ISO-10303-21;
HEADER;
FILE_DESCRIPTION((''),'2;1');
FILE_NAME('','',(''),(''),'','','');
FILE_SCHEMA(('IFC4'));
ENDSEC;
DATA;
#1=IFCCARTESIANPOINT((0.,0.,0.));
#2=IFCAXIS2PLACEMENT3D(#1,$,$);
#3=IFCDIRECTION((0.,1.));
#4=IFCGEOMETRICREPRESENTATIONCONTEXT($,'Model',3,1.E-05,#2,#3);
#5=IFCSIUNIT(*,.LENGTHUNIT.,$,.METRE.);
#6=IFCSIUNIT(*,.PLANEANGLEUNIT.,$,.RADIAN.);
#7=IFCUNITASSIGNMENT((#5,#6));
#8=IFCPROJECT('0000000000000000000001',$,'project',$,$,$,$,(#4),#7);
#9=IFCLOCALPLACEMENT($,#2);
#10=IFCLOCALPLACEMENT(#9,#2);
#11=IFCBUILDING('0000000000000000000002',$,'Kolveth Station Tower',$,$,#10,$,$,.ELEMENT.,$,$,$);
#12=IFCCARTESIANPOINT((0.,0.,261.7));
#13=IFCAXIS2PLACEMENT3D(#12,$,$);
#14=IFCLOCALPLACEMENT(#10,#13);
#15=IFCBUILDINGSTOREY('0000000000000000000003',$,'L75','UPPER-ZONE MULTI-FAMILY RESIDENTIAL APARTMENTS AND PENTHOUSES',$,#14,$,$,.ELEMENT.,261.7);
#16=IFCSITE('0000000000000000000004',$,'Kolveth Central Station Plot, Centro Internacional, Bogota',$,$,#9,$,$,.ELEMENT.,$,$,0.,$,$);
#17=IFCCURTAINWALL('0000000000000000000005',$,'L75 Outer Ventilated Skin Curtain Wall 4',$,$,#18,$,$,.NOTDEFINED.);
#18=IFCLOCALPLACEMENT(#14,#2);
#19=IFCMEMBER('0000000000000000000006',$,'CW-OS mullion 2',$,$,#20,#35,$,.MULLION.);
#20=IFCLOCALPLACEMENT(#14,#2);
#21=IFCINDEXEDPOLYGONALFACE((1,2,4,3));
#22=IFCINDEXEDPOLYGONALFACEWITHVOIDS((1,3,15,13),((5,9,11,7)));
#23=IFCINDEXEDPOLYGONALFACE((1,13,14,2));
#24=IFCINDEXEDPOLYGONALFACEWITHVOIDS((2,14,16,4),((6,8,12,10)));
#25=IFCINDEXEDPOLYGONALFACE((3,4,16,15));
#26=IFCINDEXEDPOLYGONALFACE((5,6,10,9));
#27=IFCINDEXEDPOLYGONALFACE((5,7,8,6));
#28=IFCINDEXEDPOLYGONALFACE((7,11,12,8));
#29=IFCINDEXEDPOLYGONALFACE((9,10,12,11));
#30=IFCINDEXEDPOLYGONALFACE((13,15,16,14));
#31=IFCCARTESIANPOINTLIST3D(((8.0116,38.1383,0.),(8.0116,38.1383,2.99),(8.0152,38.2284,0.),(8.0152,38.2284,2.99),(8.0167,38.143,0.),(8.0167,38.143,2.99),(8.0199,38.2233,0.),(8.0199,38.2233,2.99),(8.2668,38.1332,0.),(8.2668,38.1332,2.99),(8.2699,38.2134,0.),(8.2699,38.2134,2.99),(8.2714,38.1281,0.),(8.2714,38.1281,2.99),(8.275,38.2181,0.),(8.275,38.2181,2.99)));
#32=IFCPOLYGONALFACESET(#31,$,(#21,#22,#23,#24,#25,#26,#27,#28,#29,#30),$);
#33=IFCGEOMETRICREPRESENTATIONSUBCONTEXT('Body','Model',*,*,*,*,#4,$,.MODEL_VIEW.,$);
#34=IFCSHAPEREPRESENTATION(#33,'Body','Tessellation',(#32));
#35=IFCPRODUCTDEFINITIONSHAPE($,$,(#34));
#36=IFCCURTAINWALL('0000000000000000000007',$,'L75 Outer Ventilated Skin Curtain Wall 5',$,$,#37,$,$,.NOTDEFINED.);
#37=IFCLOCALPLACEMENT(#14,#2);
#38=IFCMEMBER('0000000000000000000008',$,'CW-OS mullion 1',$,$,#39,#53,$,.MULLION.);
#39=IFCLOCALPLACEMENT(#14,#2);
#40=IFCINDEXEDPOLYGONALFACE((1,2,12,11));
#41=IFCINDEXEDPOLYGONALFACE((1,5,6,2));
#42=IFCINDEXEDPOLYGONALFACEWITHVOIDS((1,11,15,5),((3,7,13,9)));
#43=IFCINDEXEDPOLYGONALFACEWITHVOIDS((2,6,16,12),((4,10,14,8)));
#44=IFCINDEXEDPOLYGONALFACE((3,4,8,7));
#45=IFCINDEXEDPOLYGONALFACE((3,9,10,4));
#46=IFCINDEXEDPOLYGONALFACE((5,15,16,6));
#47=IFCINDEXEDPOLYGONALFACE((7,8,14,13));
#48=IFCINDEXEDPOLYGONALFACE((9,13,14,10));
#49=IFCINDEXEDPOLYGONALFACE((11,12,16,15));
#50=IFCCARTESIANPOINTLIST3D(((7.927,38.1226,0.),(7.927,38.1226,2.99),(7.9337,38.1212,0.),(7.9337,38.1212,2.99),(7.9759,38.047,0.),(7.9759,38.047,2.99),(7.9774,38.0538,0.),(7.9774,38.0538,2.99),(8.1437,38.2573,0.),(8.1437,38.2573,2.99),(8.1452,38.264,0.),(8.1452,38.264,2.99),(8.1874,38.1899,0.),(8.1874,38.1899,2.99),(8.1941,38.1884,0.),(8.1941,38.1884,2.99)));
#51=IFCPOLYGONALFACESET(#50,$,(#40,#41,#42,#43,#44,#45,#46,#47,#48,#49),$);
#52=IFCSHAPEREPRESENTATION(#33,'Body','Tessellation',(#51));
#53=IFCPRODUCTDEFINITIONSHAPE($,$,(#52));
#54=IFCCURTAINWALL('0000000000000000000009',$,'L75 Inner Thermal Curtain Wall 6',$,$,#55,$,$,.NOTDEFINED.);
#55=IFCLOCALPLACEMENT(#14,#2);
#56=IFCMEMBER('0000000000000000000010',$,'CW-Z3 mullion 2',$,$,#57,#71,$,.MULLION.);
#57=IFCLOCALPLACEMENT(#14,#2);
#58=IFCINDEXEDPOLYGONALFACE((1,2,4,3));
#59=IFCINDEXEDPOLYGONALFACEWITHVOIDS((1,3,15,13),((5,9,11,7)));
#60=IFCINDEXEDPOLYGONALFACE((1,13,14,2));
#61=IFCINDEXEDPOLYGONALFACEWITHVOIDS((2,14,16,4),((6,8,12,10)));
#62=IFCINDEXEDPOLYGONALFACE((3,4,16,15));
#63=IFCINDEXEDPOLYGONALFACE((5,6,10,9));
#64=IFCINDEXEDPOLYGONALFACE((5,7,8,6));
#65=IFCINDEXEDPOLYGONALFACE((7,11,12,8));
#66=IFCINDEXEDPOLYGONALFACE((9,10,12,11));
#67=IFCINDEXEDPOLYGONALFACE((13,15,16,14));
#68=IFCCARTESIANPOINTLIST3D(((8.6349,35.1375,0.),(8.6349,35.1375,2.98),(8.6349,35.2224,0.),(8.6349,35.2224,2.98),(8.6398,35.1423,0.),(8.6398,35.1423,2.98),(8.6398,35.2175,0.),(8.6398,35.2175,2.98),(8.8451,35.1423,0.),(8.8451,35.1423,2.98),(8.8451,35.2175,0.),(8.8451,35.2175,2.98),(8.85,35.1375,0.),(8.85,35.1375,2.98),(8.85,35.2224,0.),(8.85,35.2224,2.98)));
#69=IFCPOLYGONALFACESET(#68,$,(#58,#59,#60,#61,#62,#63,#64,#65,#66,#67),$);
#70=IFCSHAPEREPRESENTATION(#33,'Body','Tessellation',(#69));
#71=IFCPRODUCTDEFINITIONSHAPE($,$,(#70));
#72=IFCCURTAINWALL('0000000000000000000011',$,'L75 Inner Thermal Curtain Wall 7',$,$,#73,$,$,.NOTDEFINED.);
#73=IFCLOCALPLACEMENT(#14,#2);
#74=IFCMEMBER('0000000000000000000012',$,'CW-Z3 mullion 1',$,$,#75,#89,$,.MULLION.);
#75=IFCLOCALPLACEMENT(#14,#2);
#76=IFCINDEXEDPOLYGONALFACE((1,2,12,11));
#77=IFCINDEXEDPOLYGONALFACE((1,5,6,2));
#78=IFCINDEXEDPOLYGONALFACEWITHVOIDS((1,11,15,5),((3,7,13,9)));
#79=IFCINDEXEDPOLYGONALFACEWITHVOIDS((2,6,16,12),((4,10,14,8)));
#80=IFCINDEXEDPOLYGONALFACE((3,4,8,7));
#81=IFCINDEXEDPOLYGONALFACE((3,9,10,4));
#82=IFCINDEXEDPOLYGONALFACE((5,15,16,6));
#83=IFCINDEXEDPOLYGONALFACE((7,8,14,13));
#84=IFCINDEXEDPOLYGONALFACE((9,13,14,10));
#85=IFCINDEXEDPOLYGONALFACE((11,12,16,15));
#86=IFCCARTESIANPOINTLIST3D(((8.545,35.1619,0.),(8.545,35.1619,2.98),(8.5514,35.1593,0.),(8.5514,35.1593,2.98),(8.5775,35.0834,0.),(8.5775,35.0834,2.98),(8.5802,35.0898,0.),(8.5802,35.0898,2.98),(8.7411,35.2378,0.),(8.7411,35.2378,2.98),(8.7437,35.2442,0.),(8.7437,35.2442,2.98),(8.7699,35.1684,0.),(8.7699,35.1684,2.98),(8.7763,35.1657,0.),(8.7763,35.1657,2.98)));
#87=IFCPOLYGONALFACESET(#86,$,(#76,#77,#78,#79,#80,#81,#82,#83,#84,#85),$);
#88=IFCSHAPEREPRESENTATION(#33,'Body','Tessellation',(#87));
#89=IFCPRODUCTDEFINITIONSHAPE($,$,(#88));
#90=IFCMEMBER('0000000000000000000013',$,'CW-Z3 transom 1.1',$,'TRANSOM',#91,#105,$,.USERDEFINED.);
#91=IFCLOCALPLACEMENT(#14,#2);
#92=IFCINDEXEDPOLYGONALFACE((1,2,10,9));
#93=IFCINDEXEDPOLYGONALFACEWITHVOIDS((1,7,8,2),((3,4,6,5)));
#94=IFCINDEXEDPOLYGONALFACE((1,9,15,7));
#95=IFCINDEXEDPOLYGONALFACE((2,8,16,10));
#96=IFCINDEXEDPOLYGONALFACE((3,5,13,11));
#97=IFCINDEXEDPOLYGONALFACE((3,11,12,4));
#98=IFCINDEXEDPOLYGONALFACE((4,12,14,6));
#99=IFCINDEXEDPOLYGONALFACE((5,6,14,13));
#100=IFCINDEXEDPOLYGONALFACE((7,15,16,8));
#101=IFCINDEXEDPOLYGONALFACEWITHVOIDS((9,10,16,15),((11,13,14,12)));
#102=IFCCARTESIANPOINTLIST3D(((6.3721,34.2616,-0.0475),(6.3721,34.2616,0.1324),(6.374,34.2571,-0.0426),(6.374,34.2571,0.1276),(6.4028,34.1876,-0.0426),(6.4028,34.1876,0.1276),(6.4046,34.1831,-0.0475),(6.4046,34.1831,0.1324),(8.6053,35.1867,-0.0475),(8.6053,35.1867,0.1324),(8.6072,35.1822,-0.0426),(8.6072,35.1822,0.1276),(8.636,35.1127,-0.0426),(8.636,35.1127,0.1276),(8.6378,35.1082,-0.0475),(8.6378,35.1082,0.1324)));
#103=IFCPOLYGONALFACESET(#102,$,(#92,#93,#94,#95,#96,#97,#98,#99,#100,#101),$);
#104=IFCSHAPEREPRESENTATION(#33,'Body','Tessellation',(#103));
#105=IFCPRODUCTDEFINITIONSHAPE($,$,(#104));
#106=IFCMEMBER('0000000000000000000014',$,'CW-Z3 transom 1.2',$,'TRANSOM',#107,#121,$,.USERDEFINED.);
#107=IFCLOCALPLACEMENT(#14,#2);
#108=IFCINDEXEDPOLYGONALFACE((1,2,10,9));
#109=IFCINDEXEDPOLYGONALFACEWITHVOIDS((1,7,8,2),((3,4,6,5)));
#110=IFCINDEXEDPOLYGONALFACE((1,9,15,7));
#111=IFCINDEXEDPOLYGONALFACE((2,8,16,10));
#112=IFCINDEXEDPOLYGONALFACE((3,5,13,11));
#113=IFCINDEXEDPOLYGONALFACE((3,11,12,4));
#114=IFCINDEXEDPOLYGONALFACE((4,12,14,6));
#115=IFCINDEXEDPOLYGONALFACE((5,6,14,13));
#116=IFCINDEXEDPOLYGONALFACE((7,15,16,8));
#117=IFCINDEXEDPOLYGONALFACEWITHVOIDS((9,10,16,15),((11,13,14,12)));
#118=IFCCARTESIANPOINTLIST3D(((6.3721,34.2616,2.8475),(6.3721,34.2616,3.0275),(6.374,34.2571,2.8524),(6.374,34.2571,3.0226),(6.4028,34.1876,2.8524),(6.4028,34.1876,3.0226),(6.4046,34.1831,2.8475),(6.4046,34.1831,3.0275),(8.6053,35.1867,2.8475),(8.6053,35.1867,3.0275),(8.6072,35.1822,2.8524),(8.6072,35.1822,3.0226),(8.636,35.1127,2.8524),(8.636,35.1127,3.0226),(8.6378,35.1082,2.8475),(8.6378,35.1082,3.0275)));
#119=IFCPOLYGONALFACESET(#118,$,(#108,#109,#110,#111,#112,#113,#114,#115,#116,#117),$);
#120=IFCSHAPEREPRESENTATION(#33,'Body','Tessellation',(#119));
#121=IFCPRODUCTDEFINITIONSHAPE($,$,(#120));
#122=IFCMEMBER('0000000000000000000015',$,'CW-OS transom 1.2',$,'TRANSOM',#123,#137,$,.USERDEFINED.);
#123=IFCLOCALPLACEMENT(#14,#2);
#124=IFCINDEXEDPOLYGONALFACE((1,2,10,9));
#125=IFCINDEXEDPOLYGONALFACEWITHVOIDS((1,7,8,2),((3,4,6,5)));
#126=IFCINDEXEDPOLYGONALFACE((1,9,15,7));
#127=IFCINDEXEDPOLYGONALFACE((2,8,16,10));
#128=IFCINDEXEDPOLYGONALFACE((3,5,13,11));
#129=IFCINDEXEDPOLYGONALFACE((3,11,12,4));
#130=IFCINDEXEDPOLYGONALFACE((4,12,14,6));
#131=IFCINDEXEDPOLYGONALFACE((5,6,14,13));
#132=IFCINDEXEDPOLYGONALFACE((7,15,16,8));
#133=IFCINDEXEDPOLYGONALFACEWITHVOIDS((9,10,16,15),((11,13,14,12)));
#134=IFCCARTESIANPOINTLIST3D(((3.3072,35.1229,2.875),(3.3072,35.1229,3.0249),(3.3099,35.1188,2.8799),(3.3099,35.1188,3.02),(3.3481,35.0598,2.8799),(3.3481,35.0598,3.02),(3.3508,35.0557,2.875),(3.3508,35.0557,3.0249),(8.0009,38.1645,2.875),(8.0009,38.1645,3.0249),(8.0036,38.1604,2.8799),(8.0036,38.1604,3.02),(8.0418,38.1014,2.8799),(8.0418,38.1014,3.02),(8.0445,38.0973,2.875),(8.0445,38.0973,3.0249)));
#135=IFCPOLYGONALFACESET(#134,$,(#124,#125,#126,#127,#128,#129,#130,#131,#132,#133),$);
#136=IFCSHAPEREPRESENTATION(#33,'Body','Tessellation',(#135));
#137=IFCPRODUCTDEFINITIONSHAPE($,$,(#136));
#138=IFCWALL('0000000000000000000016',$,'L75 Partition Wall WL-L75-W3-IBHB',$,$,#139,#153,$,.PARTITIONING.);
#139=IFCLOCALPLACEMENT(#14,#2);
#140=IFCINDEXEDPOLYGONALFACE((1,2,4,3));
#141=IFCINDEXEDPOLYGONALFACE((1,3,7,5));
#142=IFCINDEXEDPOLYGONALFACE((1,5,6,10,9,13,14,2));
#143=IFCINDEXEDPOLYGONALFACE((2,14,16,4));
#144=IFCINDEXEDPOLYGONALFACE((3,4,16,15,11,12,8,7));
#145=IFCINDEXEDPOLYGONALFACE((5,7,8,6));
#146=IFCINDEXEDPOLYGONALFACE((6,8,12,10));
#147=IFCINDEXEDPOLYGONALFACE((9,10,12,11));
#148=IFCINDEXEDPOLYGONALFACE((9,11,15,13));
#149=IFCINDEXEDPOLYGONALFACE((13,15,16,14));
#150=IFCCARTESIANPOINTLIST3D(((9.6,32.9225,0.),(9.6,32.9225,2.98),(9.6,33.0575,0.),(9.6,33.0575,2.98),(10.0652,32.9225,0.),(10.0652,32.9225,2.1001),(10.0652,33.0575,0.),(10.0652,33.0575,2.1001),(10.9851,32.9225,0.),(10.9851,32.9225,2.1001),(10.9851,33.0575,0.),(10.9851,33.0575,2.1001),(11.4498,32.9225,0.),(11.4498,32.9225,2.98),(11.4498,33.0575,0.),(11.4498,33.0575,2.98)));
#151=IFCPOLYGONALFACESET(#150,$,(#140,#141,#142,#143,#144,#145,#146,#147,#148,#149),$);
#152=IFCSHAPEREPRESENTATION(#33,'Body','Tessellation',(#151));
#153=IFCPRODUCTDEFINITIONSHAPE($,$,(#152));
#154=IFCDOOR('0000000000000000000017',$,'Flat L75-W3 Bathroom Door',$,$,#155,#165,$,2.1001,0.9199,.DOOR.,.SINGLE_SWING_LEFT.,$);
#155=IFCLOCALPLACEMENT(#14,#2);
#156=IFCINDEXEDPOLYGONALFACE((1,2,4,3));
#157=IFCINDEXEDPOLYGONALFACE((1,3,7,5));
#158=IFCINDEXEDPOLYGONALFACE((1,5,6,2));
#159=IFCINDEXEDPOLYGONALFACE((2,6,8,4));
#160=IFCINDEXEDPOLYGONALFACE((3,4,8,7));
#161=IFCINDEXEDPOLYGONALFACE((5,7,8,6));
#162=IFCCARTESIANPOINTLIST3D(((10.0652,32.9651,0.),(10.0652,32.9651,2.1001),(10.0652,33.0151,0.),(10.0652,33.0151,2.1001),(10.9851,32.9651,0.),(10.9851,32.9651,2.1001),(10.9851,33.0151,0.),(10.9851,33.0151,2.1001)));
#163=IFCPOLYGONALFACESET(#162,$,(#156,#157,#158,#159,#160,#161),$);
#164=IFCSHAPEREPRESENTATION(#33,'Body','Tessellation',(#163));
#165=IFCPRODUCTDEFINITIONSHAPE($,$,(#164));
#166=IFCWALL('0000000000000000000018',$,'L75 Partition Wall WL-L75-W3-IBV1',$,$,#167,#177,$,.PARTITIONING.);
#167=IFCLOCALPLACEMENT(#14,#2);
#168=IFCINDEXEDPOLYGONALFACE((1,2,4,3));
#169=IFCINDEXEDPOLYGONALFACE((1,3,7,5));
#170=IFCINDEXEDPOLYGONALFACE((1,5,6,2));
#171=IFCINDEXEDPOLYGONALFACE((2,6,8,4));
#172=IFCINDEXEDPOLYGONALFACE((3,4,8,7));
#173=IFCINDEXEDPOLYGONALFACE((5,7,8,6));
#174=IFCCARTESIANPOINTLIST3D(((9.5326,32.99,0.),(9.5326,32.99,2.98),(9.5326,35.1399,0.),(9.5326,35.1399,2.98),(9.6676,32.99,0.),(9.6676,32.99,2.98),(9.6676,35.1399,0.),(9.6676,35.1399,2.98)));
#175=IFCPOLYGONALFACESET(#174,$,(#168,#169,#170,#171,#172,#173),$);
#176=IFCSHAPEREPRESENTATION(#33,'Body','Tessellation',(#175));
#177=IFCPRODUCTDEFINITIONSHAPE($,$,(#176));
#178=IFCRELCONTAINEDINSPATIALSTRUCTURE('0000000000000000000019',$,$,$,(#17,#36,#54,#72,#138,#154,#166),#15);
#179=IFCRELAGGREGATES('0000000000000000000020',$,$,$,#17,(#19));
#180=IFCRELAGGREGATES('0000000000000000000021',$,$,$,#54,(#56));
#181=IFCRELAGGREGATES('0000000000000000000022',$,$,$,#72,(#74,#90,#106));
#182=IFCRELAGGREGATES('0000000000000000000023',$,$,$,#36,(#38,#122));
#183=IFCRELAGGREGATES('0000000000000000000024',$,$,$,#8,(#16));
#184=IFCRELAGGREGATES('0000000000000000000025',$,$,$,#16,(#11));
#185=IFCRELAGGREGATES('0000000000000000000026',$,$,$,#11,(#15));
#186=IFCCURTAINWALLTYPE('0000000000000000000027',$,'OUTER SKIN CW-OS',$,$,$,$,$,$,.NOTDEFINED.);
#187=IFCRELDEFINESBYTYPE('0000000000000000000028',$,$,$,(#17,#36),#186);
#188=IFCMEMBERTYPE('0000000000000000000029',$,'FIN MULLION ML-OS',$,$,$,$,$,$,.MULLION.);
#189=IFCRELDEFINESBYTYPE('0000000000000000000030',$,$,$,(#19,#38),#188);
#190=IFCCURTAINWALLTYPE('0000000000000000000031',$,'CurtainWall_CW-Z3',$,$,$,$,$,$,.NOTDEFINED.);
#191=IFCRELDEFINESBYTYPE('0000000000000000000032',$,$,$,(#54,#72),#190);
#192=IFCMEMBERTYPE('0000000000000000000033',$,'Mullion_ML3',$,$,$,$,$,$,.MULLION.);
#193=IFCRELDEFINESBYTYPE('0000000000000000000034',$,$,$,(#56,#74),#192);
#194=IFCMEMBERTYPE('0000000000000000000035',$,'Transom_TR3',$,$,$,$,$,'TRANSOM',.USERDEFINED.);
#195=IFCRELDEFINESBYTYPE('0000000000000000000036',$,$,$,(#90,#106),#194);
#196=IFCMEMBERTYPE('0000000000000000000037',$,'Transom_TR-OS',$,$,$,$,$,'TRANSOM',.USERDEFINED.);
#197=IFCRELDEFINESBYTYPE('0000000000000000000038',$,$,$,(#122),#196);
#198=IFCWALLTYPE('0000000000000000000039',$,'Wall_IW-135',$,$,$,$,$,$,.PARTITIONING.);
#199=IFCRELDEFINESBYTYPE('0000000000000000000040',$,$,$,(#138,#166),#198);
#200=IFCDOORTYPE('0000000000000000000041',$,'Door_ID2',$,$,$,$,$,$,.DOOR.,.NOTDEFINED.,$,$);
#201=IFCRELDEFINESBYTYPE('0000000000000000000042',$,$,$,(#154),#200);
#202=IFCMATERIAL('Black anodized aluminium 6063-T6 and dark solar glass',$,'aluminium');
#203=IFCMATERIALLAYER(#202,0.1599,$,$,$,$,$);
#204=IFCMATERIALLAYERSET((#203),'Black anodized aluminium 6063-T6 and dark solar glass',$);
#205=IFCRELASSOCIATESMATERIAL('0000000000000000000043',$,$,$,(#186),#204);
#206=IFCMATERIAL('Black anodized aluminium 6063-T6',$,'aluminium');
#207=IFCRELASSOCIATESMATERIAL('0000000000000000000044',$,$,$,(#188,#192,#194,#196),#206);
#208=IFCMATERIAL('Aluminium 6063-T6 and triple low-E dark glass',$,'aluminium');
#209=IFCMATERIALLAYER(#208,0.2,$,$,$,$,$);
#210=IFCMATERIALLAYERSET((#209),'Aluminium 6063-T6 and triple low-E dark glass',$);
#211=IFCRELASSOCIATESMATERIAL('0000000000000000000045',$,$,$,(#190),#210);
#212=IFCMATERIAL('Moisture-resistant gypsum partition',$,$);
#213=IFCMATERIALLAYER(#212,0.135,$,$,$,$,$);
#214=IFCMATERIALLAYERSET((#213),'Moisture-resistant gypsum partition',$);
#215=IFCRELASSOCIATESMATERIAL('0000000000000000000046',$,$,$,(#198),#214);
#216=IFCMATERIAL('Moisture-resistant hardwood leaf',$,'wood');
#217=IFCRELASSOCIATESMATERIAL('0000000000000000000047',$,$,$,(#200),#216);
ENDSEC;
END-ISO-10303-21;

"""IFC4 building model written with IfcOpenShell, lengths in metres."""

from ifc_helpers import new_model, si_unit, direction, frame, frame_2d, origin, origin_2d, place, context, subcontext, project, spatial, rectangle, hollow_rectangle, extrude, source, transform, mapped, material, layer, layer_set, material_profile, profile_set, type_object, element, fill, aggregate, save


model = new_model("IFC4")

# Units and contexts
model_context = context("Model", 3, precision=1e-05, world=origin(), true_north=direction((0.0, 1.0)))
body_context = subcontext(model_context, "Body", "Model", "MODEL_VIEW")
ifc_project = project(units=[si_unit("LENGTHUNIT", "METRE"), si_unit("PLANEANGLEUNIT", "RADIAN")], contexts=[model_context])

# Site, building, storey
site_placement = place(None, origin())
site = spatial("IfcSite", under=ifc_project, at=site_placement, Name="Kolveth Central Station Plot, Centro Internacional, Bogota", CompositionType="ELEMENT", RefElevation=0.0)
building_placement = place(site_placement, origin())
building = spatial("IfcBuilding", under=site, at=building_placement, Name="Kolveth Station Tower", CompositionType="ELEMENT")
storey_placement = place(building_placement, frame((0.0, 0.0, 261.7)))
storey = spatial("IfcBuildingStorey", under=building, at=storey_placement, Name="L75", Description="UPPER-ZONE MULTI-FAMILY RESIDENTIAL APARTMENTS AND PENTHOUSES", CompositionType="ELEMENT", Elevation=261.7)

# Curtain walls, members
ifc_material_1 = material(Name="Black anodized aluminium 6063-T6 and dark solar glass", Category="aluminium")
ifc_layer_1 = layer(ifc_material_1, 0.1599)
ifc_layer_set_1 = layer_set([ifc_layer_1], Name="Black anodized aluminium 6063-T6 and dark solar glass")
curtain_wall_type_1 = type_object("IfcCurtainWallType", Name="OUTER SKIN CW-OS", PredefinedType="NOTDEFINED", material=ifc_layer_set_1)
curtain_wall_1_placement = place(storey_placement, origin())
curtain_wall_1 = element("IfcCurtainWall", 1, at=curtain_wall_1_placement, inside=storey, type_object=curtain_wall_type_1, Name="L75 Outer Ventilated Skin Curtain Wall 4", PredefinedType="NOTDEFINED")
ifc_material_2 = material(Name="Black anodized aluminium 6063-T6", Category="aluminium")
ifc_material_profile_1 = material_profile(ifc_material_2, hollow_rectangle(XDim=0.0901, YDim=0.26, WallThickness=0.0049, at=origin_2d()), Name="ALU-90x260x5")
ifc_profile_set_1 = profile_set([ifc_material_profile_1], Name="Black anodized aluminium 6063-T6")
member_type_1 = type_object("IfcMemberType", Name="FIN MULLION ML-OS", PredefinedType="MULLION", material=ifc_profile_set_1)
shared_shape_1 = source(origin(), body_context, "Body", "SweptSolid", [
    extrude(hollow_rectangle(XDim=0.0901, YDim=0.26, WallThickness=0.0049, at=origin_2d()), origin(), (0.0, 0.0, 1.0), 2.99),
])
member_1_placement = place(storey_placement, frame((8.1433, 38.1782, 0.0), z_axis=(0.0, 0.0, 1.0), x_axis=(-0.039408, -0.999223, 0.0)))
member_1 = element("IfcMember", 2, at=member_1_placement, type_object=member_type_1, Name="CW-OS mullion 2", PredefinedType="MULLION", context=body_context, shape_type="MappedRepresentation", body=[
    mapped(shared_shape_1, transform((0.0, 0.0, 0.0), x_axis=(1.0, 0.0, 0.0), y_axis=(0.0, 1.0, 0.0), z_axis=(0.0, 0.0, 1.0), scale=1.0)),
])
aggregate(curtain_wall_1, [member_1])
curtain_wall_2_placement = place(storey_placement, origin())
curtain_wall_2 = element("IfcCurtainWall", 3, at=curtain_wall_2_placement, inside=storey, type_object=curtain_wall_type_1, Name="L75 Outer Ventilated Skin Curtain Wall 5", PredefinedType="NOTDEFINED")
member_2_placement = place(storey_placement, frame((8.0605, 38.1555, 0.0), z_axis=(0.0, 0.0, 1.0), x_axis=(0.543812, -0.839207, 0.0)))
member_2 = element("IfcMember", 4, at=member_2_placement, type_object=member_type_1, Name="CW-OS mullion 1", PredefinedType="MULLION", context=body_context, shape_type="MappedRepresentation", body=[
    mapped(shared_shape_1, transform((0.0, 0.0, 0.0), x_axis=(1.0, 0.0, 0.0), y_axis=(0.0, 1.0, 0.0), z_axis=(0.0, 0.0, 1.0), scale=1.0)),
])
ifc_material_3 = material(Name="Aluminium 6063-T6 and triple low-E dark glass", Category="aluminium")
ifc_layer_2 = layer(ifc_material_3, 0.2)
ifc_layer_set_2 = layer_set([ifc_layer_2], Name="Aluminium 6063-T6 and triple low-E dark glass")
curtain_wall_type_2 = type_object("IfcCurtainWallType", Name="CurtainWall_CW-Z3", PredefinedType="NOTDEFINED", material=ifc_layer_set_2)
curtain_wall_3_placement = place(storey_placement, origin())
curtain_wall_3 = element("IfcCurtainWall", 5, at=curtain_wall_3_placement, inside=storey, type_object=curtain_wall_type_2, Name="L75 Inner Thermal Curtain Wall 6", PredefinedType="NOTDEFINED")
ifc_material_profile_2 = material_profile(ifc_material_2, hollow_rectangle(XDim=0.085, YDim=0.2151, WallThickness=0.0049, at=origin_2d()), Name="ALU-85x215x5")
ifc_profile_set_2 = profile_set([ifc_material_profile_2], Name="Black anodized aluminium 6063-T6")
member_type_2 = type_object("IfcMemberType", Name="Mullion_ML3", PredefinedType="MULLION", material=ifc_profile_set_2)
shared_shape_2 = source(origin(), body_context, "Body", "SweptSolid", [
    extrude(hollow_rectangle(XDim=0.085, YDim=0.2151, WallThickness=0.0049, at=origin_2d()), origin(), (0.0, 0.0, 1.0), 2.98),
])
member_3_placement = place(storey_placement, frame((8.7424, 35.1799, 0.0), z_axis=(0.0, 0.0, 1.0), x_axis=(0.0, -1.0, 0.0)))
member_3 = element("IfcMember", 6, at=member_3_placement, type_object=member_type_2, Name="CW-Z3 mullion 2", PredefinedType="MULLION", context=body_context, shape_type="MappedRepresentation", body=[
    mapped(shared_shape_2, transform((0.0, 0.0, 0.0), x_axis=(1.0, 0.0, 0.0), y_axis=(0.0, 1.0, 0.0), z_axis=(0.0, 0.0, 1.0), scale=1.0)),
])
aggregate(curtain_wall_3, [member_3])

# Curtain wall, members
curtain_wall_4_placement = place(storey_placement, origin())
curtain_wall_4 = element("IfcCurtainWall", 7, at=curtain_wall_4_placement, inside=storey, type_object=curtain_wall_type_2, Name="L75 Inner Thermal Curtain Wall 7", PredefinedType="NOTDEFINED")
member_4_placement = place(storey_placement, frame((8.6606, 35.1638, 0.0), z_axis=(0.0, 0.0, 1.0), x_axis=(0.382693, -0.923875, 0.0)))
member_4 = element("IfcMember", 8, at=member_4_placement, type_object=member_type_2, Name="CW-Z3 mullion 1", PredefinedType="MULLION", context=body_context, shape_type="MappedRepresentation", body=[
    mapped(shared_shape_2, transform((0.0, 0.0, 0.0), x_axis=(1.0, 0.0, 0.0), y_axis=(0.0, 1.0, 0.0), z_axis=(0.0, 0.0, 1.0), scale=1.0)),
])
ifc_material_profile_3 = material_profile(ifc_material_2, hollow_rectangle(XDim=0.085, YDim=0.1799, WallThickness=0.0049, at=origin_2d()), Name="ALU-85x180x5")
ifc_profile_set_3 = profile_set([ifc_material_profile_3], Name="Black anodized aluminium 6063-T6")
member_type_3 = type_object("IfcMemberType", Name="Transom_TR3", ElementType="TRANSOM", PredefinedType="USERDEFINED", material=ifc_profile_set_3)
shared_shape_3 = source(origin(), body_context, "Body", "SweptSolid", [
    extrude(hollow_rectangle(XDim=0.085, YDim=0.1799, WallThickness=0.0049, at=origin_2d()), origin(), (0.0, 0.0, 1.0), 2.4172),
])
member_5_placement = place(storey_placement, frame((8.6216, 35.1475, 0.0425), z_axis=(-0.923873, -0.3827, 0.0), x_axis=(0.3827, -0.923873, 0.0)))
member_5 = element("IfcMember", 9, at=member_5_placement, type_object=member_type_3, Name="CW-Z3 transom 1.1", ObjectType="TRANSOM", PredefinedType="USERDEFINED", context=body_context, shape_type="MappedRepresentation", body=[
    mapped(shared_shape_3, transform((0.0, 0.0, 0.0), x_axis=(1.0, 0.0, 0.0), y_axis=(0.0, 1.0, 0.0), z_axis=(0.0, 0.0, 1.0), scale=1.0)),
])
member_6_placement = place(storey_placement, frame((8.6216, 35.1475, 2.9375), z_axis=(-0.923873, -0.3827, 0.0), x_axis=(0.3827, -0.923873, 0.0)))
member_6 = element("IfcMember", 10, at=member_6_placement, type_object=member_type_3, Name="CW-Z3 transom 1.2", ObjectType="TRANSOM", PredefinedType="USERDEFINED", context=body_context, shape_type="MappedRepresentation", body=[
    mapped(shared_shape_3, transform((0.0, 0.0, 0.0), x_axis=(1.0, 0.0, 0.0), y_axis=(0.0, 1.0, 0.0), z_axis=(0.0, 0.0, 1.0), scale=1.0)),
])
aggregate(curtain_wall_4, [member_4, member_5, member_6])

# Member
ifc_material_profile_4 = material_profile(ifc_material_2, hollow_rectangle(XDim=0.0801, YDim=0.1499, WallThickness=0.0049, at=origin_2d()), Name="ALU-80x150x5")
ifc_profile_set_4 = profile_set([ifc_material_profile_4], Name="Black anodized aluminium 6063-T6")
member_type_4 = type_object("IfcMemberType", Name="Transom_TR-OS", ElementType="TRANSOM", PredefinedType="USERDEFINED", material=ifc_profile_set_4)
shared_shape_4 = source(origin(), body_context, "Body", "SweptSolid", [
    extrude(hollow_rectangle(XDim=0.0801, YDim=0.1499, WallThickness=0.0049, at=origin_2d()), origin(), (0.0, 0.0, 1.0), 5.593),
])
member_7_placement = place(storey_placement, frame((8.0227, 38.1309, 2.95), z_axis=(-0.839206, -0.543814, 0.0), x_axis=(0.543814, -0.839206, 0.0)))
member_7 = element("IfcMember", 11, at=member_7_placement, type_object=member_type_4, Name="CW-OS transom 1.2", ObjectType="TRANSOM", PredefinedType="USERDEFINED", context=body_context, shape_type="MappedRepresentation", body=[
    mapped(shared_shape_4, transform((0.0, 0.0, 0.0), x_axis=(1.0, 0.0, 0.0), y_axis=(0.0, 1.0, 0.0), z_axis=(0.0, 0.0, 1.0), scale=1.0)),
])
aggregate(curtain_wall_2, [member_2, member_7])

# Wall, opening, door
ifc_material_4 = material(Name="Moisture-resistant gypsum partition")
ifc_layer_3 = layer(ifc_material_4, 0.135)
ifc_layer_set_3 = layer_set([ifc_layer_3], Name="Moisture-resistant gypsum partition")
wall_type_1 = type_object("IfcWallType", Name="Wall_IW-135", PredefinedType="PARTITIONING", material=ifc_layer_set_3)
wall_1_placement = place(storey_placement, frame((9.6001, 32.99, 0.0), z_axis=(0.0, 0.0, 1.0), x_axis=(1.0, 0.0, 0.0)))
wall_1 = element("IfcWall", 12, at=wall_1_placement, inside=storey, type_object=wall_type_1, Name="L75 Partition Wall WL-L75-W3-IBHB", PredefinedType="PARTITIONING", context=body_context, shape_type="SweptSolid", body=[
    extrude(rectangle(XDim=1.8499, YDim=0.135, at=frame_2d((0.9248, 0.0))), origin(), (0.0, 0.0, 1.0), 2.98),
])
opening_1_placement = place(wall_1_placement, frame((0.4651, 0.0, 0.0)))
opening_1 = element("IfcOpeningElement", 13, at=opening_1_placement, cuts=wall_1, PredefinedType="OPENING", context=body_context, shape_type="SweptSolid", body=[
    extrude(rectangle(XDim=0.9199, YDim=2.1001, at=frame_2d((0.46, 1.05))), frame((0.0, 0.0774, 0.0), z_axis=(0.0, -1.0, 0.0), x_axis=(1.0, 0.0, 0.0)), (0.0, 0.0, 1.0), 0.155),
])
ifc_material_5 = material(Name="Moisture-resistant hardwood leaf", Category="wood")
door_type_1 = type_object("IfcDoorType", Name="Door_ID2", OperationType="NOTDEFINED", PredefinedType="DOOR", material=ifc_material_5)
door_1_placement = place(opening_1_placement, frame((0.9199, 0.0, 0.0), z_axis=(0.0, 0.0, 1.0), x_axis=(-1.0, 0.0, 0.0)))
door_1 = element("IfcDoor", 14, at=door_1_placement, inside=storey, type_object=door_type_1, Name="Flat L75-W3 Bathroom Door", OperationType="SINGLE_SWING_LEFT", OverallHeight=2.1001, OverallWidth=0.9199, PredefinedType="DOOR", context=body_context, shape_type="SweptSolid", body=[
    extrude(rectangle(XDim=0.9199, YDim=2.1001, at=frame_2d((0.46, 1.05))), frame((0.0, 0.0249, 0.0), z_axis=(0.0, -1.0, 0.0), x_axis=(1.0, 0.0, 0.0)), (0.0, 0.0, 1.0), 0.05),
])
fill(opening_1, door_1)

# Wall
for number, where, z_axis, x_axis, name in (
    (15, (9.6001, 32.99, 0.0), (0.0, 0.0, 1.0), (0.0, 1.0, 0.0), "L75 Partition Wall WL-L75-W3-IBV1"),
):
    element("IfcWall", number, at=place(storey_placement, frame(where, z_axis=z_axis, x_axis=x_axis)), inside=storey, type_object=wall_type_1, Name=name, PredefinedType="PARTITIONING", context=body_context, shape_type="SweptSolid", body=[
        extrude(rectangle(XDim=2.1499, YDim=0.135, at=frame_2d((1.075, 0.0))), origin(), (0.0, 0.0, 1.0), 2.98),
    ])

save(model, "model.ifc")
